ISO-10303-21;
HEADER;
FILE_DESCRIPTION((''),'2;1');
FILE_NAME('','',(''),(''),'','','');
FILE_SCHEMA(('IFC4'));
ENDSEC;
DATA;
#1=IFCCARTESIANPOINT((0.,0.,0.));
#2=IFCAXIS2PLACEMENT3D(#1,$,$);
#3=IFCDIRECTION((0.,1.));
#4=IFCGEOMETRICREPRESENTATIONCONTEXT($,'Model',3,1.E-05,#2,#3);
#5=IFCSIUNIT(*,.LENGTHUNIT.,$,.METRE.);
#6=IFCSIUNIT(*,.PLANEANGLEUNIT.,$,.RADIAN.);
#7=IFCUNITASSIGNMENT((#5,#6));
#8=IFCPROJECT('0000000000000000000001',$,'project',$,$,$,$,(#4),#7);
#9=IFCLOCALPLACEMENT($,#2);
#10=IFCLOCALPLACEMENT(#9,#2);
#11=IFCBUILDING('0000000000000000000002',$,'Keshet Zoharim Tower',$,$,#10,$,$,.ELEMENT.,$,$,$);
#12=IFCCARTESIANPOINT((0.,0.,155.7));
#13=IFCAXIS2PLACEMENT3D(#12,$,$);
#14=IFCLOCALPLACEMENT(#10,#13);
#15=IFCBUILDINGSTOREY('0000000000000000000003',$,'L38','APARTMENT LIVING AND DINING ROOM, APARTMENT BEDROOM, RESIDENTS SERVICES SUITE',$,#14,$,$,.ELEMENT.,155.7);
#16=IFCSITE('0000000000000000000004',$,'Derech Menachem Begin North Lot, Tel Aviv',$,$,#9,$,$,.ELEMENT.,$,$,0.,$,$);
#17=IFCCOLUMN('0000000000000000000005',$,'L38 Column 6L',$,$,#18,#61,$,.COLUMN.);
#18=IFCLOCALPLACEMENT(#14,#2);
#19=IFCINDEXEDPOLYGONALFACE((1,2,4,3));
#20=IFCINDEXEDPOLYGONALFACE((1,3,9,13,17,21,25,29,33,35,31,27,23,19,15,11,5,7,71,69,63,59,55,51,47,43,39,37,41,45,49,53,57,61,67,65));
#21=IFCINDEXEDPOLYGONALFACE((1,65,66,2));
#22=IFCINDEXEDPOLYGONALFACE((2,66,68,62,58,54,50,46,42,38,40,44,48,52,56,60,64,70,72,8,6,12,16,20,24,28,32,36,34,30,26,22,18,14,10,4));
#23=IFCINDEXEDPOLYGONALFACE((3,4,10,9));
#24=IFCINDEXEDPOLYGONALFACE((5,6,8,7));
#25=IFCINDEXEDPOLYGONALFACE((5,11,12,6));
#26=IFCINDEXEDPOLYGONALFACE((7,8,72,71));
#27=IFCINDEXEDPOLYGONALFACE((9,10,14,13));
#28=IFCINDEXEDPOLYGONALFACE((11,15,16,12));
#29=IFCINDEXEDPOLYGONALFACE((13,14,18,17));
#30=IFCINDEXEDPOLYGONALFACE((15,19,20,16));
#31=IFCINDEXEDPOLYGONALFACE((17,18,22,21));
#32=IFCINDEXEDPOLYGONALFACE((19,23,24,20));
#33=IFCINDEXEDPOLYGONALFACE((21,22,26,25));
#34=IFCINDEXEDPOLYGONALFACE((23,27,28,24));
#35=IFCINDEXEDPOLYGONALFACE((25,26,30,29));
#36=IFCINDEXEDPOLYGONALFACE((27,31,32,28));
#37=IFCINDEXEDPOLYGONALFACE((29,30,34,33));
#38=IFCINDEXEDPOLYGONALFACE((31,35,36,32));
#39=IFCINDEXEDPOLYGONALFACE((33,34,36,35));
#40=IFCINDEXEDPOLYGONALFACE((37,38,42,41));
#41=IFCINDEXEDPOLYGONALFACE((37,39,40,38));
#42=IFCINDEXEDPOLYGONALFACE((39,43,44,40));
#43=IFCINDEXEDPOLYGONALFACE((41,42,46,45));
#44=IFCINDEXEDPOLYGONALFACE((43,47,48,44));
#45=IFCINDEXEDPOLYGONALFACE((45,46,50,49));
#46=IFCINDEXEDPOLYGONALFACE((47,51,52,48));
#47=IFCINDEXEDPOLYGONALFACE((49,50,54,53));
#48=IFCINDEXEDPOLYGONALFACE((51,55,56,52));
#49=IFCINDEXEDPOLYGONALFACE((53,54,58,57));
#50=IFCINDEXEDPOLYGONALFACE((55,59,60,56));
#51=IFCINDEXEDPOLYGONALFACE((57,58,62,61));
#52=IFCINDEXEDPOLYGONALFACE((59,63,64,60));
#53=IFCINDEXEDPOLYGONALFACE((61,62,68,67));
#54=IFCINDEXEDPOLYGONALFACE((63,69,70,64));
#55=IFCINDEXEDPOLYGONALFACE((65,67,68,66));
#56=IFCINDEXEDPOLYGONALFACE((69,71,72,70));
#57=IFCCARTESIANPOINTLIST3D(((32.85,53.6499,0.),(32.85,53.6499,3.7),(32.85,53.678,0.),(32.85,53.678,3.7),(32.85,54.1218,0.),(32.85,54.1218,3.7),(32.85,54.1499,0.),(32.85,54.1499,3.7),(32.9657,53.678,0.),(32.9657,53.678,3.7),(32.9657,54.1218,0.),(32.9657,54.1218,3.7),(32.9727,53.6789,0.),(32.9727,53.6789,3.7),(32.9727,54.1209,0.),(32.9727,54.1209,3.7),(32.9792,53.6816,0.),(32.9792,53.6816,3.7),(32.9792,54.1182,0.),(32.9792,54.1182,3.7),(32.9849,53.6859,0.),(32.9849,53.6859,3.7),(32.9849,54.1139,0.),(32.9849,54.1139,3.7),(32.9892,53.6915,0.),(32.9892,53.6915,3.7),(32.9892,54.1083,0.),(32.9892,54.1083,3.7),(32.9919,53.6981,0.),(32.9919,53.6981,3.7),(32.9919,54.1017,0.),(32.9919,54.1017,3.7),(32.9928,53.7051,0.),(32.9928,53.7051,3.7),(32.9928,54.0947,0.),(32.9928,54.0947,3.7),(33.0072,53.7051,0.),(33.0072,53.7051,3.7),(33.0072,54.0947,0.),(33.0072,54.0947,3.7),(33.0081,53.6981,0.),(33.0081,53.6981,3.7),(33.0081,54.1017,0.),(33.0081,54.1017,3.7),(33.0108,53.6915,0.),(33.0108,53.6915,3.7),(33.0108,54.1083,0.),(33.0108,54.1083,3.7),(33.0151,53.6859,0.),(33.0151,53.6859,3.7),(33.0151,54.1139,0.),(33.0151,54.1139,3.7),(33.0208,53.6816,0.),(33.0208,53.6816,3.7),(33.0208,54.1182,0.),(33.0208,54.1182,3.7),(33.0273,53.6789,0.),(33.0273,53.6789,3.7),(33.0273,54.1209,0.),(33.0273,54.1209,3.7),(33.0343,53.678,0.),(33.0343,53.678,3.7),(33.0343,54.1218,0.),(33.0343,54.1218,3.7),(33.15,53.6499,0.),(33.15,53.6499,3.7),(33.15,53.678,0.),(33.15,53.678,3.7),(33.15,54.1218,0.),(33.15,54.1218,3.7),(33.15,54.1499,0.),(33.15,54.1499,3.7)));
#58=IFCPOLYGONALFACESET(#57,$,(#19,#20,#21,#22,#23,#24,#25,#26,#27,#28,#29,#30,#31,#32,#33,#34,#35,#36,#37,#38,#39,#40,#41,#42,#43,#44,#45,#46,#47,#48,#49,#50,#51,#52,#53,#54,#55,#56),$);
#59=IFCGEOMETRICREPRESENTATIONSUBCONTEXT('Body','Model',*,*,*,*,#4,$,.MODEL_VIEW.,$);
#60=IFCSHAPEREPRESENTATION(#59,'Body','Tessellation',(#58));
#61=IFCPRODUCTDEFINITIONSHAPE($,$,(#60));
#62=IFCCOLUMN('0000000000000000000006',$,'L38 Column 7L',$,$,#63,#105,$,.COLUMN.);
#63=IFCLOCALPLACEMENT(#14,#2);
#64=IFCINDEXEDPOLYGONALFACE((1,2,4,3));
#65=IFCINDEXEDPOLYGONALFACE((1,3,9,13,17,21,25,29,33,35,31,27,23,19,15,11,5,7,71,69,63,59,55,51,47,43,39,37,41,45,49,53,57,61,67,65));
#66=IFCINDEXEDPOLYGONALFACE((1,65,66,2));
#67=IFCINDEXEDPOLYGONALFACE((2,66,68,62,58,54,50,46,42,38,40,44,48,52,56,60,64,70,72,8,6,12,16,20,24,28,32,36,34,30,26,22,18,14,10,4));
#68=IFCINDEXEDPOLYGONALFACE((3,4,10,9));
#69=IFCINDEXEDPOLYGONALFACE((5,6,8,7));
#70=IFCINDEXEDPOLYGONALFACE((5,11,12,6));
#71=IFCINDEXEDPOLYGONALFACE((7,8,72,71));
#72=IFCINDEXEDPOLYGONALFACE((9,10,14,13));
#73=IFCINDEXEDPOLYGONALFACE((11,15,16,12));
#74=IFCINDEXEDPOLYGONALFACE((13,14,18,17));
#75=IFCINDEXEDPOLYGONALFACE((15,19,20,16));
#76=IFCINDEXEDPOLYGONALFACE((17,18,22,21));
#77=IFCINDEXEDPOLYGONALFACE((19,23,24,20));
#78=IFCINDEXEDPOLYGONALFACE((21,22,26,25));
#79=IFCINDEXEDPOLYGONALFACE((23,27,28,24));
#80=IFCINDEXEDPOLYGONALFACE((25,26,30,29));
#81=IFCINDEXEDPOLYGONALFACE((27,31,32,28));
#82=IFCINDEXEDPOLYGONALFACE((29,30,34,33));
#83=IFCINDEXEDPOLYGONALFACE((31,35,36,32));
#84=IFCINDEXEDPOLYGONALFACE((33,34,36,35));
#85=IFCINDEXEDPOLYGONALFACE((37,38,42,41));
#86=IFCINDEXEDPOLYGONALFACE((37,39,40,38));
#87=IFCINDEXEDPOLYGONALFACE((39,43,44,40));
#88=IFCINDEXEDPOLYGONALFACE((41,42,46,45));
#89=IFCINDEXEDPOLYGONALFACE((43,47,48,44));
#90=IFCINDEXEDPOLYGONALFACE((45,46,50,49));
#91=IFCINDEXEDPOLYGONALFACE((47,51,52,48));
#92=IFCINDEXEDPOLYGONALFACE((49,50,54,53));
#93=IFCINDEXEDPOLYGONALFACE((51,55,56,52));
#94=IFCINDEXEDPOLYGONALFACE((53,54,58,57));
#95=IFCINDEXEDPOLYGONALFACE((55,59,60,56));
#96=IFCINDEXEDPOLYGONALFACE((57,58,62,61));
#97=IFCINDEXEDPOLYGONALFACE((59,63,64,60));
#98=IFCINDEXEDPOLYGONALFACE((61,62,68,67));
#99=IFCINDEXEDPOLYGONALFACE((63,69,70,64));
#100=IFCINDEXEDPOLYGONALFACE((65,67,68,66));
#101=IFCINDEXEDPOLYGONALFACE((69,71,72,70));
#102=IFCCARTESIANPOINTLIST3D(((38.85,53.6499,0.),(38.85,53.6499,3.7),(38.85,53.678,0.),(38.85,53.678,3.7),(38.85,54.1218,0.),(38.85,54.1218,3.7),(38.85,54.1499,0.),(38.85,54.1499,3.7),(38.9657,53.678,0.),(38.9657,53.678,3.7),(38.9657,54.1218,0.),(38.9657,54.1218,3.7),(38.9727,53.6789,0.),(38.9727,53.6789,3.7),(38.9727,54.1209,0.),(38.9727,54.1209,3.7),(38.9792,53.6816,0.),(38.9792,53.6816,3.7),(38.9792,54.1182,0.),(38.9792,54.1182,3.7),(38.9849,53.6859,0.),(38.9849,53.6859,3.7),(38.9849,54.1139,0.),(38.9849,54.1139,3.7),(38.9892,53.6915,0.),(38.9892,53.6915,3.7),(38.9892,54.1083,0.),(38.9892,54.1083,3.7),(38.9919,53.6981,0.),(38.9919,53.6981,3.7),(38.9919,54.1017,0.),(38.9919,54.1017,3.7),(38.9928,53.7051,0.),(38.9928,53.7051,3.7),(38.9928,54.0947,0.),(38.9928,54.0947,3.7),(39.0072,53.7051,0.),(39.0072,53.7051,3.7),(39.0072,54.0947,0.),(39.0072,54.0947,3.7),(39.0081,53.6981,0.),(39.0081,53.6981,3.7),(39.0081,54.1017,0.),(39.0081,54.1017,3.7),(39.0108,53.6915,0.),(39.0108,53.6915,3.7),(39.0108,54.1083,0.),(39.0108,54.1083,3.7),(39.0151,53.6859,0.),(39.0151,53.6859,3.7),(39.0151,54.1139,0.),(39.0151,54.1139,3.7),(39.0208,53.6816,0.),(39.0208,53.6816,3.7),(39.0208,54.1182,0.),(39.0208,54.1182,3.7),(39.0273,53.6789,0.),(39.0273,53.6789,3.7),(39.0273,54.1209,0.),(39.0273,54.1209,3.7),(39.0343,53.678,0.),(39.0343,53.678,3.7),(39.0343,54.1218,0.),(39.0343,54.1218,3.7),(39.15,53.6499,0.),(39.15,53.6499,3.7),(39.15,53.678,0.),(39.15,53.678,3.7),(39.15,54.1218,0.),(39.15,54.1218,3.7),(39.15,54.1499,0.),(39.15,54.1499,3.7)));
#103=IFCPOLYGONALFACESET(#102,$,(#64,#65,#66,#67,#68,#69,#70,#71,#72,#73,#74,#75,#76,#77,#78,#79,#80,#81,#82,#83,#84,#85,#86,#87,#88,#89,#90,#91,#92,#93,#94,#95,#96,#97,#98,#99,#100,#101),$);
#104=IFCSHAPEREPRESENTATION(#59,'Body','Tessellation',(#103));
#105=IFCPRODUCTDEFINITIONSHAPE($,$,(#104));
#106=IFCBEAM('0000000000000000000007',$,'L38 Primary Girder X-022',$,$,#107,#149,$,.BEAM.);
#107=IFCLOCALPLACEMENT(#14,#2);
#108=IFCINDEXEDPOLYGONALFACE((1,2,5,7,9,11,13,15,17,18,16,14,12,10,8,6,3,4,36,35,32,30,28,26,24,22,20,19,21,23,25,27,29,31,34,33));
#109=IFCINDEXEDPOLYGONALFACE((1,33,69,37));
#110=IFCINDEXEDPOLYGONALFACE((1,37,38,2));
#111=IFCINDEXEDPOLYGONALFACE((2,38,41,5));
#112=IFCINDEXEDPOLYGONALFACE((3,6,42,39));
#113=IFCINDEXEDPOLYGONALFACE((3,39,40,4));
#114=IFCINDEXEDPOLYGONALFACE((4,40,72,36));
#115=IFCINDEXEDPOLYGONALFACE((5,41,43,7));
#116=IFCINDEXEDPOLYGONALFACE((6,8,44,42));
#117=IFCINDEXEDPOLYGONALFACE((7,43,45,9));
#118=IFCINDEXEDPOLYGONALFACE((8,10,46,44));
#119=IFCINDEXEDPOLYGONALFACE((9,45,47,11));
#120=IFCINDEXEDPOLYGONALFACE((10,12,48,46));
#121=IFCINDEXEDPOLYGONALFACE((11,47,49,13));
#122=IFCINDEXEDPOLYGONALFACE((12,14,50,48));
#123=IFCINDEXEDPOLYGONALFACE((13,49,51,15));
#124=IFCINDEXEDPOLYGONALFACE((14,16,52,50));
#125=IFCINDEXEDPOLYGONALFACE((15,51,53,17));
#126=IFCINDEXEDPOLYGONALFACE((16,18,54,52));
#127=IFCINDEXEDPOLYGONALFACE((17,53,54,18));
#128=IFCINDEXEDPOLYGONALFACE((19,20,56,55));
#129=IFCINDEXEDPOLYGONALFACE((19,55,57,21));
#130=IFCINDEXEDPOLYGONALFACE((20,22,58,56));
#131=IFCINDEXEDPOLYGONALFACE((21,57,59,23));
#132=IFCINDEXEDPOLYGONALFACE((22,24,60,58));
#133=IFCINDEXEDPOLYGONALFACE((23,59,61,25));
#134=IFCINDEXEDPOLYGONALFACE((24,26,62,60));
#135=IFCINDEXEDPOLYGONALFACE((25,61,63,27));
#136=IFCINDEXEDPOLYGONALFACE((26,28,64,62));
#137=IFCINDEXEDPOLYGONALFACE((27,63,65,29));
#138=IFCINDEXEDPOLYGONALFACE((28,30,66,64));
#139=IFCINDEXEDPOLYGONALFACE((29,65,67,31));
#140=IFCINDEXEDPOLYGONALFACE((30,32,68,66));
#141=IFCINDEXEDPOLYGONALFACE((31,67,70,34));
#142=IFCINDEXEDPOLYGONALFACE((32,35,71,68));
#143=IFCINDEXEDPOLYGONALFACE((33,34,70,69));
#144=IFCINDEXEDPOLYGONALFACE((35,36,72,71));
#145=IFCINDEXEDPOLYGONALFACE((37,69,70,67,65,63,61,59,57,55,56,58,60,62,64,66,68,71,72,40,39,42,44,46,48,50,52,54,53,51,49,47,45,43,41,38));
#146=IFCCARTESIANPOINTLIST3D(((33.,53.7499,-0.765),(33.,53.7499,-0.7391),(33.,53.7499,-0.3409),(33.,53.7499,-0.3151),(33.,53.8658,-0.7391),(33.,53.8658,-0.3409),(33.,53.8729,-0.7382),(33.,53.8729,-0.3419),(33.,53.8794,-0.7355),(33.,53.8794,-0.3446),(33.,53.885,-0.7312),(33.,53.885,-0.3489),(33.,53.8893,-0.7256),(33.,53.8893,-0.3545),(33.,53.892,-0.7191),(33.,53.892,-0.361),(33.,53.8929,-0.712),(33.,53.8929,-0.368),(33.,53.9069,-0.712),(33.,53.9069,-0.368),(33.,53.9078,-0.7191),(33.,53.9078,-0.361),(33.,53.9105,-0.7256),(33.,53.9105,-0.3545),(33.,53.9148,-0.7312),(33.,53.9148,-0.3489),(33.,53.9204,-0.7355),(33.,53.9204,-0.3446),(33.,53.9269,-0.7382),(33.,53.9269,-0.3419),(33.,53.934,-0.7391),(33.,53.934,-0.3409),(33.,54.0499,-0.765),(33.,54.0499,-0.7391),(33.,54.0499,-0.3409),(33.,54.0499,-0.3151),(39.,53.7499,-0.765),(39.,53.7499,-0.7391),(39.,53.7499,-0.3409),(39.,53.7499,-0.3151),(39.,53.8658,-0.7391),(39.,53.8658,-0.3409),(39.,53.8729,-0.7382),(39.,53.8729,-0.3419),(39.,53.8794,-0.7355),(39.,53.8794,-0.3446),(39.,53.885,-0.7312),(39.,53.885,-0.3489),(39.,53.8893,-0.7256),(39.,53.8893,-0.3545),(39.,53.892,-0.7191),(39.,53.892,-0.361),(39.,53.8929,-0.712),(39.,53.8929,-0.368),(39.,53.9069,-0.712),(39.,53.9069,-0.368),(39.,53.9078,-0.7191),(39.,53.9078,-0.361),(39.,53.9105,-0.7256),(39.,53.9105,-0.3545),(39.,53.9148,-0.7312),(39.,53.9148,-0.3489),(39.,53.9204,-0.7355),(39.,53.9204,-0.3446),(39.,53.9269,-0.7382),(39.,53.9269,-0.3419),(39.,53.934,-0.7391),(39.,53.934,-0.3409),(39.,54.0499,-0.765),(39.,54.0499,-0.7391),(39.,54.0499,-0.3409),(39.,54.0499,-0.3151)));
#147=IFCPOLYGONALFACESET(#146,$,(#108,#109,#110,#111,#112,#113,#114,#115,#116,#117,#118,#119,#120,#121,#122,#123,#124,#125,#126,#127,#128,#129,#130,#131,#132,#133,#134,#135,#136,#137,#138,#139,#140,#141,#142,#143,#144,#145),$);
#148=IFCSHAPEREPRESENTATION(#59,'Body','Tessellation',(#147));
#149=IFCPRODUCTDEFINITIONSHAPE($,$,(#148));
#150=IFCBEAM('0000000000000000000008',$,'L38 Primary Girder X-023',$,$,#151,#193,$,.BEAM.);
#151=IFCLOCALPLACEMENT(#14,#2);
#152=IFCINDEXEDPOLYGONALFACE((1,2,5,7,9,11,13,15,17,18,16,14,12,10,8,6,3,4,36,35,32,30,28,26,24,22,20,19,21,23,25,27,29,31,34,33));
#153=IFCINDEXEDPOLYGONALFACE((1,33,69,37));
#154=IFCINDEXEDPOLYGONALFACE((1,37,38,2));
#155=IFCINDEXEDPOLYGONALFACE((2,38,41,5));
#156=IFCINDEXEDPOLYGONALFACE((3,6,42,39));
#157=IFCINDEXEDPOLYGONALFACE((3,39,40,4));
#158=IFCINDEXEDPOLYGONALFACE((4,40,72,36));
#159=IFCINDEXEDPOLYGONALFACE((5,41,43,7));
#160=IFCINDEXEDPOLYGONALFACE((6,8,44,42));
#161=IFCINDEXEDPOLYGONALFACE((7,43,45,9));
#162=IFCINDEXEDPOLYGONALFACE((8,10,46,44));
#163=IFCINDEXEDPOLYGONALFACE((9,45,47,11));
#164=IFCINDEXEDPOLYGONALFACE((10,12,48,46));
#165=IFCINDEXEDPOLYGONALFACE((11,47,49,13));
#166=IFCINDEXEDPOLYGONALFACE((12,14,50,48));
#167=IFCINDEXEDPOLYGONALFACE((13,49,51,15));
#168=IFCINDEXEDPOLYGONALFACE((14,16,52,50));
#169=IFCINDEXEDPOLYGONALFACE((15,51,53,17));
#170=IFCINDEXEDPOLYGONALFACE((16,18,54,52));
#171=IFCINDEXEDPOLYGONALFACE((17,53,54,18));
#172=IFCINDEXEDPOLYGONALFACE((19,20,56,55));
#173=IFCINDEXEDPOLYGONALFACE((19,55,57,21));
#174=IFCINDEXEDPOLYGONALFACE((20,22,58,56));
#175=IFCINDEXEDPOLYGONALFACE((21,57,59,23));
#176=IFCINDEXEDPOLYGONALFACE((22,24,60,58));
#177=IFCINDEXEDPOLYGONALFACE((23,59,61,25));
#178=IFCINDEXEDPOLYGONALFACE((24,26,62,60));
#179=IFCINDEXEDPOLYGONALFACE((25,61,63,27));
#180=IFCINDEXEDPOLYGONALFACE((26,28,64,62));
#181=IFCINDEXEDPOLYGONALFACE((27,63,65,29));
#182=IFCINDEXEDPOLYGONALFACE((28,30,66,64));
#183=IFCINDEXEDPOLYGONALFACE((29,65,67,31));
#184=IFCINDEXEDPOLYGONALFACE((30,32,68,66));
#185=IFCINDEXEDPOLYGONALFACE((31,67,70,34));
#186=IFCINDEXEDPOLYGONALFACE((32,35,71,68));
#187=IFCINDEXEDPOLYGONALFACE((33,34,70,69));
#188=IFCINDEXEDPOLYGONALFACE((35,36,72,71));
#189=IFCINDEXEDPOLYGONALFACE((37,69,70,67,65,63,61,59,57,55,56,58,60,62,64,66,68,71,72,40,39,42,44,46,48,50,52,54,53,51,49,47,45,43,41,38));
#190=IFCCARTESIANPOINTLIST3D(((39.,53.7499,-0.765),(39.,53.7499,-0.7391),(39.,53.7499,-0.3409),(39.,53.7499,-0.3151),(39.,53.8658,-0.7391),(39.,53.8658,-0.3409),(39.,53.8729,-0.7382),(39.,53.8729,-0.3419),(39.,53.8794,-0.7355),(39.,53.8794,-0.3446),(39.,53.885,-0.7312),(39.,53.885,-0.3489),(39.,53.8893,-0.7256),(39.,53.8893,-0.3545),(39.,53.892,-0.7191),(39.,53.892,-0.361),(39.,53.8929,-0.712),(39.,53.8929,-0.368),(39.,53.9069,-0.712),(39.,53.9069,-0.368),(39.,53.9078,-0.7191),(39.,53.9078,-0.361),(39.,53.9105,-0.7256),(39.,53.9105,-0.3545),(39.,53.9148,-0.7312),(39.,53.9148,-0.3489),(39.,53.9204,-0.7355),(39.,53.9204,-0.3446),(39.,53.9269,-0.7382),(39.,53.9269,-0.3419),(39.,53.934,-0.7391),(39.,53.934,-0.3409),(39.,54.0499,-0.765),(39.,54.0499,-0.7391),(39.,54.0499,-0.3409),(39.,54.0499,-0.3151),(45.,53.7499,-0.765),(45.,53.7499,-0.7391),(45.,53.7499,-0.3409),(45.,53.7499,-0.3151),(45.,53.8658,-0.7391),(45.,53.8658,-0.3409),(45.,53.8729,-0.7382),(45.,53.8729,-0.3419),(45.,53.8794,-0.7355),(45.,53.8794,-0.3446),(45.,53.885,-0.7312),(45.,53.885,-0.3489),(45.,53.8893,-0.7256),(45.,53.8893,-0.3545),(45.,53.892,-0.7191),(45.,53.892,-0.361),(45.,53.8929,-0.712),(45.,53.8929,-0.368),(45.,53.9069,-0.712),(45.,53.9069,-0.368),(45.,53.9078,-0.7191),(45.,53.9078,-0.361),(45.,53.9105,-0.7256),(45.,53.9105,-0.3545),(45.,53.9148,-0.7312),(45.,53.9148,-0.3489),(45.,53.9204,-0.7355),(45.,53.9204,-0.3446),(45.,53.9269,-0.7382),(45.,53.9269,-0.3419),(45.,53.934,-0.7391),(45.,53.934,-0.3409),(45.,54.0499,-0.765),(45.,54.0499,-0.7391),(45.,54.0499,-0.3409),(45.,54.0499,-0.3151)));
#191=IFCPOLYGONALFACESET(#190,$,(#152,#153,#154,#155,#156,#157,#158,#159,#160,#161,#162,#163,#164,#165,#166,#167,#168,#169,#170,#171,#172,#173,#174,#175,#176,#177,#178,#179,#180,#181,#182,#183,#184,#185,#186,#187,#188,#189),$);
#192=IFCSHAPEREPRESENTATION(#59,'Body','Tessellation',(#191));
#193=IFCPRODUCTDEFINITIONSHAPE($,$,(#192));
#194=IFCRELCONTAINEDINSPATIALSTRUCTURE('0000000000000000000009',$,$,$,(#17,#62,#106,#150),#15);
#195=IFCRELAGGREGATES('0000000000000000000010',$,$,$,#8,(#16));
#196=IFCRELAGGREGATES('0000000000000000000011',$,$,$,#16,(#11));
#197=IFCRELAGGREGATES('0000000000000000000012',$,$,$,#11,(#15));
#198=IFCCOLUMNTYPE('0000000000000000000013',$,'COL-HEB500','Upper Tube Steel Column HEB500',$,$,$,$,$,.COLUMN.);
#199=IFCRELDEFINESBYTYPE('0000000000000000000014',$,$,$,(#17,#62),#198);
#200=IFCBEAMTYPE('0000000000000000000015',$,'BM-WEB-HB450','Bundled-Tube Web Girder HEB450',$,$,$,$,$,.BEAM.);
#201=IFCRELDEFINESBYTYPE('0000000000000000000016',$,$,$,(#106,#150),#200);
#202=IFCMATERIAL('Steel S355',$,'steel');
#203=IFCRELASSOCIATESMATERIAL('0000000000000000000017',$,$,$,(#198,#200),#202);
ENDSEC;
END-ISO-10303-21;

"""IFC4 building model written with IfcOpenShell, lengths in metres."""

from ifc_helpers import new_model, si_unit, direction, frame, origin, origin_2d, place, context, subcontext, project, spatial, i_section, extrude, material, material_profile, profile_set, type_object, element, save


model = new_model("IFC4")

# Units and contexts
model_context = context("Model", 3, precision=1e-05, world=origin(), true_north=direction((0.0, 1.0)))
body_context = subcontext(model_context, "Body", "Model", "MODEL_VIEW")
ifc_project = project(units=[si_unit("LENGTHUNIT", "METRE"), si_unit("PLANEANGLEUNIT", "RADIAN")], contexts=[model_context])

# Site, building, storey
site_placement = place(None, origin())
site = spatial("IfcSite", under=ifc_project, at=site_placement, Name="Derech Menachem Begin North Lot, Tel Aviv", CompositionType="ELEMENT", RefElevation=0.0)
building_placement = place(site_placement, origin())
building = spatial("IfcBuilding", under=site, at=building_placement, Name="Keshet Zoharim Tower", CompositionType="ELEMENT")
storey_placement = place(building_placement, frame((0.0, 0.0, 155.7)))
storey = spatial("IfcBuildingStorey", under=building, at=storey_placement, Name="L38", Description="APARTMENT LIVING AND DINING ROOM, APARTMENT BEDROOM, RESIDENTS SERVICES SUITE", CompositionType="ELEMENT", Elevation=155.7)

# Columns
ifc_material_1 = material(Name="Steel S355", Category="steel")
ifc_material_profile_1 = material_profile(ifc_material_1, i_section(OverallWidth=0.3, OverallDepth=0.5, WebThickness=0.0144, FlangeThickness=0.0281, FilletRadius=0.0271, at=origin_2d()), Name="HEB500")
ifc_profile_set_1 = profile_set([ifc_material_profile_1], Name="Steel S355")
column_type = type_object("IfcColumnType", Name="COL-HEB500", Description="Upper Tube Steel Column HEB500", PredefinedType="COLUMN", material=ifc_profile_set_1)
for number, where, z_axis, x_axis, name in (
    (1, (33.0, 53.8999, 0.0), (0.0, 0.0, 1.0), (1.0, 0.0, 0.0), "L38 Column 6L"),
    (2, (39.0, 53.8999, 0.0), (0.0, 0.0, 1.0), (1.0, 0.0, 0.0), "L38 Column 7L"),
):
    element("IfcColumn", number, at=place(storey_placement, frame(where, z_axis=z_axis, x_axis=x_axis)), inside=storey, type_object=column_type, Name=name, PredefinedType="COLUMN", context=body_context, shape_type="SweptSolid", body=[
        extrude(i_section(OverallWidth=0.3, OverallDepth=0.5, WebThickness=0.0144, FlangeThickness=0.0281, FilletRadius=0.0271, at=origin_2d()), origin(), (0.0, 0.0, 1.0), 3.7),
    ])

# Beams
ifc_material_profile_2 = material_profile(ifc_material_1, i_section(OverallWidth=0.3, OverallDepth=0.45, WebThickness=0.0139, FlangeThickness=0.0259, FilletRadius=0.0271, at=origin_2d()), Name="HEB450")
ifc_profile_set_2 = profile_set([ifc_material_profile_2], Name="Steel S355")
beam_type = type_object("IfcBeamType", Name="BM-WEB-HB450", Description="Bundled-Tube Web Girder HEB450", PredefinedType="BEAM", material=ifc_profile_set_2)
for number, where, z_axis, x_axis, name in (
    (3, (33.0, 53.8999, -0.54), (1.0, 0.0, 0.0), (0.0, 1.0, 0.0), "L38 Primary Girder X-022"),
    (4, (39.0, 53.8999, -0.54), (1.0, 0.0, 0.0), (0.0, 1.0, 0.0), "L38 Primary Girder X-023"),
):
    element("IfcBeam", number, at=place(storey_placement, frame(where, z_axis=z_axis, x_axis=x_axis)), inside=storey, type_object=beam_type, Name=name, PredefinedType="BEAM", context=body_context, shape_type="SweptSolid", body=[
        extrude(i_section(OverallWidth=0.3, OverallDepth=0.45, WebThickness=0.0139, FlangeThickness=0.0259, FilletRadius=0.0271, at=origin_2d()), origin(), (0.0, 0.0, 1.0), 6.0),
    ])

save(model, "model.ifc")
